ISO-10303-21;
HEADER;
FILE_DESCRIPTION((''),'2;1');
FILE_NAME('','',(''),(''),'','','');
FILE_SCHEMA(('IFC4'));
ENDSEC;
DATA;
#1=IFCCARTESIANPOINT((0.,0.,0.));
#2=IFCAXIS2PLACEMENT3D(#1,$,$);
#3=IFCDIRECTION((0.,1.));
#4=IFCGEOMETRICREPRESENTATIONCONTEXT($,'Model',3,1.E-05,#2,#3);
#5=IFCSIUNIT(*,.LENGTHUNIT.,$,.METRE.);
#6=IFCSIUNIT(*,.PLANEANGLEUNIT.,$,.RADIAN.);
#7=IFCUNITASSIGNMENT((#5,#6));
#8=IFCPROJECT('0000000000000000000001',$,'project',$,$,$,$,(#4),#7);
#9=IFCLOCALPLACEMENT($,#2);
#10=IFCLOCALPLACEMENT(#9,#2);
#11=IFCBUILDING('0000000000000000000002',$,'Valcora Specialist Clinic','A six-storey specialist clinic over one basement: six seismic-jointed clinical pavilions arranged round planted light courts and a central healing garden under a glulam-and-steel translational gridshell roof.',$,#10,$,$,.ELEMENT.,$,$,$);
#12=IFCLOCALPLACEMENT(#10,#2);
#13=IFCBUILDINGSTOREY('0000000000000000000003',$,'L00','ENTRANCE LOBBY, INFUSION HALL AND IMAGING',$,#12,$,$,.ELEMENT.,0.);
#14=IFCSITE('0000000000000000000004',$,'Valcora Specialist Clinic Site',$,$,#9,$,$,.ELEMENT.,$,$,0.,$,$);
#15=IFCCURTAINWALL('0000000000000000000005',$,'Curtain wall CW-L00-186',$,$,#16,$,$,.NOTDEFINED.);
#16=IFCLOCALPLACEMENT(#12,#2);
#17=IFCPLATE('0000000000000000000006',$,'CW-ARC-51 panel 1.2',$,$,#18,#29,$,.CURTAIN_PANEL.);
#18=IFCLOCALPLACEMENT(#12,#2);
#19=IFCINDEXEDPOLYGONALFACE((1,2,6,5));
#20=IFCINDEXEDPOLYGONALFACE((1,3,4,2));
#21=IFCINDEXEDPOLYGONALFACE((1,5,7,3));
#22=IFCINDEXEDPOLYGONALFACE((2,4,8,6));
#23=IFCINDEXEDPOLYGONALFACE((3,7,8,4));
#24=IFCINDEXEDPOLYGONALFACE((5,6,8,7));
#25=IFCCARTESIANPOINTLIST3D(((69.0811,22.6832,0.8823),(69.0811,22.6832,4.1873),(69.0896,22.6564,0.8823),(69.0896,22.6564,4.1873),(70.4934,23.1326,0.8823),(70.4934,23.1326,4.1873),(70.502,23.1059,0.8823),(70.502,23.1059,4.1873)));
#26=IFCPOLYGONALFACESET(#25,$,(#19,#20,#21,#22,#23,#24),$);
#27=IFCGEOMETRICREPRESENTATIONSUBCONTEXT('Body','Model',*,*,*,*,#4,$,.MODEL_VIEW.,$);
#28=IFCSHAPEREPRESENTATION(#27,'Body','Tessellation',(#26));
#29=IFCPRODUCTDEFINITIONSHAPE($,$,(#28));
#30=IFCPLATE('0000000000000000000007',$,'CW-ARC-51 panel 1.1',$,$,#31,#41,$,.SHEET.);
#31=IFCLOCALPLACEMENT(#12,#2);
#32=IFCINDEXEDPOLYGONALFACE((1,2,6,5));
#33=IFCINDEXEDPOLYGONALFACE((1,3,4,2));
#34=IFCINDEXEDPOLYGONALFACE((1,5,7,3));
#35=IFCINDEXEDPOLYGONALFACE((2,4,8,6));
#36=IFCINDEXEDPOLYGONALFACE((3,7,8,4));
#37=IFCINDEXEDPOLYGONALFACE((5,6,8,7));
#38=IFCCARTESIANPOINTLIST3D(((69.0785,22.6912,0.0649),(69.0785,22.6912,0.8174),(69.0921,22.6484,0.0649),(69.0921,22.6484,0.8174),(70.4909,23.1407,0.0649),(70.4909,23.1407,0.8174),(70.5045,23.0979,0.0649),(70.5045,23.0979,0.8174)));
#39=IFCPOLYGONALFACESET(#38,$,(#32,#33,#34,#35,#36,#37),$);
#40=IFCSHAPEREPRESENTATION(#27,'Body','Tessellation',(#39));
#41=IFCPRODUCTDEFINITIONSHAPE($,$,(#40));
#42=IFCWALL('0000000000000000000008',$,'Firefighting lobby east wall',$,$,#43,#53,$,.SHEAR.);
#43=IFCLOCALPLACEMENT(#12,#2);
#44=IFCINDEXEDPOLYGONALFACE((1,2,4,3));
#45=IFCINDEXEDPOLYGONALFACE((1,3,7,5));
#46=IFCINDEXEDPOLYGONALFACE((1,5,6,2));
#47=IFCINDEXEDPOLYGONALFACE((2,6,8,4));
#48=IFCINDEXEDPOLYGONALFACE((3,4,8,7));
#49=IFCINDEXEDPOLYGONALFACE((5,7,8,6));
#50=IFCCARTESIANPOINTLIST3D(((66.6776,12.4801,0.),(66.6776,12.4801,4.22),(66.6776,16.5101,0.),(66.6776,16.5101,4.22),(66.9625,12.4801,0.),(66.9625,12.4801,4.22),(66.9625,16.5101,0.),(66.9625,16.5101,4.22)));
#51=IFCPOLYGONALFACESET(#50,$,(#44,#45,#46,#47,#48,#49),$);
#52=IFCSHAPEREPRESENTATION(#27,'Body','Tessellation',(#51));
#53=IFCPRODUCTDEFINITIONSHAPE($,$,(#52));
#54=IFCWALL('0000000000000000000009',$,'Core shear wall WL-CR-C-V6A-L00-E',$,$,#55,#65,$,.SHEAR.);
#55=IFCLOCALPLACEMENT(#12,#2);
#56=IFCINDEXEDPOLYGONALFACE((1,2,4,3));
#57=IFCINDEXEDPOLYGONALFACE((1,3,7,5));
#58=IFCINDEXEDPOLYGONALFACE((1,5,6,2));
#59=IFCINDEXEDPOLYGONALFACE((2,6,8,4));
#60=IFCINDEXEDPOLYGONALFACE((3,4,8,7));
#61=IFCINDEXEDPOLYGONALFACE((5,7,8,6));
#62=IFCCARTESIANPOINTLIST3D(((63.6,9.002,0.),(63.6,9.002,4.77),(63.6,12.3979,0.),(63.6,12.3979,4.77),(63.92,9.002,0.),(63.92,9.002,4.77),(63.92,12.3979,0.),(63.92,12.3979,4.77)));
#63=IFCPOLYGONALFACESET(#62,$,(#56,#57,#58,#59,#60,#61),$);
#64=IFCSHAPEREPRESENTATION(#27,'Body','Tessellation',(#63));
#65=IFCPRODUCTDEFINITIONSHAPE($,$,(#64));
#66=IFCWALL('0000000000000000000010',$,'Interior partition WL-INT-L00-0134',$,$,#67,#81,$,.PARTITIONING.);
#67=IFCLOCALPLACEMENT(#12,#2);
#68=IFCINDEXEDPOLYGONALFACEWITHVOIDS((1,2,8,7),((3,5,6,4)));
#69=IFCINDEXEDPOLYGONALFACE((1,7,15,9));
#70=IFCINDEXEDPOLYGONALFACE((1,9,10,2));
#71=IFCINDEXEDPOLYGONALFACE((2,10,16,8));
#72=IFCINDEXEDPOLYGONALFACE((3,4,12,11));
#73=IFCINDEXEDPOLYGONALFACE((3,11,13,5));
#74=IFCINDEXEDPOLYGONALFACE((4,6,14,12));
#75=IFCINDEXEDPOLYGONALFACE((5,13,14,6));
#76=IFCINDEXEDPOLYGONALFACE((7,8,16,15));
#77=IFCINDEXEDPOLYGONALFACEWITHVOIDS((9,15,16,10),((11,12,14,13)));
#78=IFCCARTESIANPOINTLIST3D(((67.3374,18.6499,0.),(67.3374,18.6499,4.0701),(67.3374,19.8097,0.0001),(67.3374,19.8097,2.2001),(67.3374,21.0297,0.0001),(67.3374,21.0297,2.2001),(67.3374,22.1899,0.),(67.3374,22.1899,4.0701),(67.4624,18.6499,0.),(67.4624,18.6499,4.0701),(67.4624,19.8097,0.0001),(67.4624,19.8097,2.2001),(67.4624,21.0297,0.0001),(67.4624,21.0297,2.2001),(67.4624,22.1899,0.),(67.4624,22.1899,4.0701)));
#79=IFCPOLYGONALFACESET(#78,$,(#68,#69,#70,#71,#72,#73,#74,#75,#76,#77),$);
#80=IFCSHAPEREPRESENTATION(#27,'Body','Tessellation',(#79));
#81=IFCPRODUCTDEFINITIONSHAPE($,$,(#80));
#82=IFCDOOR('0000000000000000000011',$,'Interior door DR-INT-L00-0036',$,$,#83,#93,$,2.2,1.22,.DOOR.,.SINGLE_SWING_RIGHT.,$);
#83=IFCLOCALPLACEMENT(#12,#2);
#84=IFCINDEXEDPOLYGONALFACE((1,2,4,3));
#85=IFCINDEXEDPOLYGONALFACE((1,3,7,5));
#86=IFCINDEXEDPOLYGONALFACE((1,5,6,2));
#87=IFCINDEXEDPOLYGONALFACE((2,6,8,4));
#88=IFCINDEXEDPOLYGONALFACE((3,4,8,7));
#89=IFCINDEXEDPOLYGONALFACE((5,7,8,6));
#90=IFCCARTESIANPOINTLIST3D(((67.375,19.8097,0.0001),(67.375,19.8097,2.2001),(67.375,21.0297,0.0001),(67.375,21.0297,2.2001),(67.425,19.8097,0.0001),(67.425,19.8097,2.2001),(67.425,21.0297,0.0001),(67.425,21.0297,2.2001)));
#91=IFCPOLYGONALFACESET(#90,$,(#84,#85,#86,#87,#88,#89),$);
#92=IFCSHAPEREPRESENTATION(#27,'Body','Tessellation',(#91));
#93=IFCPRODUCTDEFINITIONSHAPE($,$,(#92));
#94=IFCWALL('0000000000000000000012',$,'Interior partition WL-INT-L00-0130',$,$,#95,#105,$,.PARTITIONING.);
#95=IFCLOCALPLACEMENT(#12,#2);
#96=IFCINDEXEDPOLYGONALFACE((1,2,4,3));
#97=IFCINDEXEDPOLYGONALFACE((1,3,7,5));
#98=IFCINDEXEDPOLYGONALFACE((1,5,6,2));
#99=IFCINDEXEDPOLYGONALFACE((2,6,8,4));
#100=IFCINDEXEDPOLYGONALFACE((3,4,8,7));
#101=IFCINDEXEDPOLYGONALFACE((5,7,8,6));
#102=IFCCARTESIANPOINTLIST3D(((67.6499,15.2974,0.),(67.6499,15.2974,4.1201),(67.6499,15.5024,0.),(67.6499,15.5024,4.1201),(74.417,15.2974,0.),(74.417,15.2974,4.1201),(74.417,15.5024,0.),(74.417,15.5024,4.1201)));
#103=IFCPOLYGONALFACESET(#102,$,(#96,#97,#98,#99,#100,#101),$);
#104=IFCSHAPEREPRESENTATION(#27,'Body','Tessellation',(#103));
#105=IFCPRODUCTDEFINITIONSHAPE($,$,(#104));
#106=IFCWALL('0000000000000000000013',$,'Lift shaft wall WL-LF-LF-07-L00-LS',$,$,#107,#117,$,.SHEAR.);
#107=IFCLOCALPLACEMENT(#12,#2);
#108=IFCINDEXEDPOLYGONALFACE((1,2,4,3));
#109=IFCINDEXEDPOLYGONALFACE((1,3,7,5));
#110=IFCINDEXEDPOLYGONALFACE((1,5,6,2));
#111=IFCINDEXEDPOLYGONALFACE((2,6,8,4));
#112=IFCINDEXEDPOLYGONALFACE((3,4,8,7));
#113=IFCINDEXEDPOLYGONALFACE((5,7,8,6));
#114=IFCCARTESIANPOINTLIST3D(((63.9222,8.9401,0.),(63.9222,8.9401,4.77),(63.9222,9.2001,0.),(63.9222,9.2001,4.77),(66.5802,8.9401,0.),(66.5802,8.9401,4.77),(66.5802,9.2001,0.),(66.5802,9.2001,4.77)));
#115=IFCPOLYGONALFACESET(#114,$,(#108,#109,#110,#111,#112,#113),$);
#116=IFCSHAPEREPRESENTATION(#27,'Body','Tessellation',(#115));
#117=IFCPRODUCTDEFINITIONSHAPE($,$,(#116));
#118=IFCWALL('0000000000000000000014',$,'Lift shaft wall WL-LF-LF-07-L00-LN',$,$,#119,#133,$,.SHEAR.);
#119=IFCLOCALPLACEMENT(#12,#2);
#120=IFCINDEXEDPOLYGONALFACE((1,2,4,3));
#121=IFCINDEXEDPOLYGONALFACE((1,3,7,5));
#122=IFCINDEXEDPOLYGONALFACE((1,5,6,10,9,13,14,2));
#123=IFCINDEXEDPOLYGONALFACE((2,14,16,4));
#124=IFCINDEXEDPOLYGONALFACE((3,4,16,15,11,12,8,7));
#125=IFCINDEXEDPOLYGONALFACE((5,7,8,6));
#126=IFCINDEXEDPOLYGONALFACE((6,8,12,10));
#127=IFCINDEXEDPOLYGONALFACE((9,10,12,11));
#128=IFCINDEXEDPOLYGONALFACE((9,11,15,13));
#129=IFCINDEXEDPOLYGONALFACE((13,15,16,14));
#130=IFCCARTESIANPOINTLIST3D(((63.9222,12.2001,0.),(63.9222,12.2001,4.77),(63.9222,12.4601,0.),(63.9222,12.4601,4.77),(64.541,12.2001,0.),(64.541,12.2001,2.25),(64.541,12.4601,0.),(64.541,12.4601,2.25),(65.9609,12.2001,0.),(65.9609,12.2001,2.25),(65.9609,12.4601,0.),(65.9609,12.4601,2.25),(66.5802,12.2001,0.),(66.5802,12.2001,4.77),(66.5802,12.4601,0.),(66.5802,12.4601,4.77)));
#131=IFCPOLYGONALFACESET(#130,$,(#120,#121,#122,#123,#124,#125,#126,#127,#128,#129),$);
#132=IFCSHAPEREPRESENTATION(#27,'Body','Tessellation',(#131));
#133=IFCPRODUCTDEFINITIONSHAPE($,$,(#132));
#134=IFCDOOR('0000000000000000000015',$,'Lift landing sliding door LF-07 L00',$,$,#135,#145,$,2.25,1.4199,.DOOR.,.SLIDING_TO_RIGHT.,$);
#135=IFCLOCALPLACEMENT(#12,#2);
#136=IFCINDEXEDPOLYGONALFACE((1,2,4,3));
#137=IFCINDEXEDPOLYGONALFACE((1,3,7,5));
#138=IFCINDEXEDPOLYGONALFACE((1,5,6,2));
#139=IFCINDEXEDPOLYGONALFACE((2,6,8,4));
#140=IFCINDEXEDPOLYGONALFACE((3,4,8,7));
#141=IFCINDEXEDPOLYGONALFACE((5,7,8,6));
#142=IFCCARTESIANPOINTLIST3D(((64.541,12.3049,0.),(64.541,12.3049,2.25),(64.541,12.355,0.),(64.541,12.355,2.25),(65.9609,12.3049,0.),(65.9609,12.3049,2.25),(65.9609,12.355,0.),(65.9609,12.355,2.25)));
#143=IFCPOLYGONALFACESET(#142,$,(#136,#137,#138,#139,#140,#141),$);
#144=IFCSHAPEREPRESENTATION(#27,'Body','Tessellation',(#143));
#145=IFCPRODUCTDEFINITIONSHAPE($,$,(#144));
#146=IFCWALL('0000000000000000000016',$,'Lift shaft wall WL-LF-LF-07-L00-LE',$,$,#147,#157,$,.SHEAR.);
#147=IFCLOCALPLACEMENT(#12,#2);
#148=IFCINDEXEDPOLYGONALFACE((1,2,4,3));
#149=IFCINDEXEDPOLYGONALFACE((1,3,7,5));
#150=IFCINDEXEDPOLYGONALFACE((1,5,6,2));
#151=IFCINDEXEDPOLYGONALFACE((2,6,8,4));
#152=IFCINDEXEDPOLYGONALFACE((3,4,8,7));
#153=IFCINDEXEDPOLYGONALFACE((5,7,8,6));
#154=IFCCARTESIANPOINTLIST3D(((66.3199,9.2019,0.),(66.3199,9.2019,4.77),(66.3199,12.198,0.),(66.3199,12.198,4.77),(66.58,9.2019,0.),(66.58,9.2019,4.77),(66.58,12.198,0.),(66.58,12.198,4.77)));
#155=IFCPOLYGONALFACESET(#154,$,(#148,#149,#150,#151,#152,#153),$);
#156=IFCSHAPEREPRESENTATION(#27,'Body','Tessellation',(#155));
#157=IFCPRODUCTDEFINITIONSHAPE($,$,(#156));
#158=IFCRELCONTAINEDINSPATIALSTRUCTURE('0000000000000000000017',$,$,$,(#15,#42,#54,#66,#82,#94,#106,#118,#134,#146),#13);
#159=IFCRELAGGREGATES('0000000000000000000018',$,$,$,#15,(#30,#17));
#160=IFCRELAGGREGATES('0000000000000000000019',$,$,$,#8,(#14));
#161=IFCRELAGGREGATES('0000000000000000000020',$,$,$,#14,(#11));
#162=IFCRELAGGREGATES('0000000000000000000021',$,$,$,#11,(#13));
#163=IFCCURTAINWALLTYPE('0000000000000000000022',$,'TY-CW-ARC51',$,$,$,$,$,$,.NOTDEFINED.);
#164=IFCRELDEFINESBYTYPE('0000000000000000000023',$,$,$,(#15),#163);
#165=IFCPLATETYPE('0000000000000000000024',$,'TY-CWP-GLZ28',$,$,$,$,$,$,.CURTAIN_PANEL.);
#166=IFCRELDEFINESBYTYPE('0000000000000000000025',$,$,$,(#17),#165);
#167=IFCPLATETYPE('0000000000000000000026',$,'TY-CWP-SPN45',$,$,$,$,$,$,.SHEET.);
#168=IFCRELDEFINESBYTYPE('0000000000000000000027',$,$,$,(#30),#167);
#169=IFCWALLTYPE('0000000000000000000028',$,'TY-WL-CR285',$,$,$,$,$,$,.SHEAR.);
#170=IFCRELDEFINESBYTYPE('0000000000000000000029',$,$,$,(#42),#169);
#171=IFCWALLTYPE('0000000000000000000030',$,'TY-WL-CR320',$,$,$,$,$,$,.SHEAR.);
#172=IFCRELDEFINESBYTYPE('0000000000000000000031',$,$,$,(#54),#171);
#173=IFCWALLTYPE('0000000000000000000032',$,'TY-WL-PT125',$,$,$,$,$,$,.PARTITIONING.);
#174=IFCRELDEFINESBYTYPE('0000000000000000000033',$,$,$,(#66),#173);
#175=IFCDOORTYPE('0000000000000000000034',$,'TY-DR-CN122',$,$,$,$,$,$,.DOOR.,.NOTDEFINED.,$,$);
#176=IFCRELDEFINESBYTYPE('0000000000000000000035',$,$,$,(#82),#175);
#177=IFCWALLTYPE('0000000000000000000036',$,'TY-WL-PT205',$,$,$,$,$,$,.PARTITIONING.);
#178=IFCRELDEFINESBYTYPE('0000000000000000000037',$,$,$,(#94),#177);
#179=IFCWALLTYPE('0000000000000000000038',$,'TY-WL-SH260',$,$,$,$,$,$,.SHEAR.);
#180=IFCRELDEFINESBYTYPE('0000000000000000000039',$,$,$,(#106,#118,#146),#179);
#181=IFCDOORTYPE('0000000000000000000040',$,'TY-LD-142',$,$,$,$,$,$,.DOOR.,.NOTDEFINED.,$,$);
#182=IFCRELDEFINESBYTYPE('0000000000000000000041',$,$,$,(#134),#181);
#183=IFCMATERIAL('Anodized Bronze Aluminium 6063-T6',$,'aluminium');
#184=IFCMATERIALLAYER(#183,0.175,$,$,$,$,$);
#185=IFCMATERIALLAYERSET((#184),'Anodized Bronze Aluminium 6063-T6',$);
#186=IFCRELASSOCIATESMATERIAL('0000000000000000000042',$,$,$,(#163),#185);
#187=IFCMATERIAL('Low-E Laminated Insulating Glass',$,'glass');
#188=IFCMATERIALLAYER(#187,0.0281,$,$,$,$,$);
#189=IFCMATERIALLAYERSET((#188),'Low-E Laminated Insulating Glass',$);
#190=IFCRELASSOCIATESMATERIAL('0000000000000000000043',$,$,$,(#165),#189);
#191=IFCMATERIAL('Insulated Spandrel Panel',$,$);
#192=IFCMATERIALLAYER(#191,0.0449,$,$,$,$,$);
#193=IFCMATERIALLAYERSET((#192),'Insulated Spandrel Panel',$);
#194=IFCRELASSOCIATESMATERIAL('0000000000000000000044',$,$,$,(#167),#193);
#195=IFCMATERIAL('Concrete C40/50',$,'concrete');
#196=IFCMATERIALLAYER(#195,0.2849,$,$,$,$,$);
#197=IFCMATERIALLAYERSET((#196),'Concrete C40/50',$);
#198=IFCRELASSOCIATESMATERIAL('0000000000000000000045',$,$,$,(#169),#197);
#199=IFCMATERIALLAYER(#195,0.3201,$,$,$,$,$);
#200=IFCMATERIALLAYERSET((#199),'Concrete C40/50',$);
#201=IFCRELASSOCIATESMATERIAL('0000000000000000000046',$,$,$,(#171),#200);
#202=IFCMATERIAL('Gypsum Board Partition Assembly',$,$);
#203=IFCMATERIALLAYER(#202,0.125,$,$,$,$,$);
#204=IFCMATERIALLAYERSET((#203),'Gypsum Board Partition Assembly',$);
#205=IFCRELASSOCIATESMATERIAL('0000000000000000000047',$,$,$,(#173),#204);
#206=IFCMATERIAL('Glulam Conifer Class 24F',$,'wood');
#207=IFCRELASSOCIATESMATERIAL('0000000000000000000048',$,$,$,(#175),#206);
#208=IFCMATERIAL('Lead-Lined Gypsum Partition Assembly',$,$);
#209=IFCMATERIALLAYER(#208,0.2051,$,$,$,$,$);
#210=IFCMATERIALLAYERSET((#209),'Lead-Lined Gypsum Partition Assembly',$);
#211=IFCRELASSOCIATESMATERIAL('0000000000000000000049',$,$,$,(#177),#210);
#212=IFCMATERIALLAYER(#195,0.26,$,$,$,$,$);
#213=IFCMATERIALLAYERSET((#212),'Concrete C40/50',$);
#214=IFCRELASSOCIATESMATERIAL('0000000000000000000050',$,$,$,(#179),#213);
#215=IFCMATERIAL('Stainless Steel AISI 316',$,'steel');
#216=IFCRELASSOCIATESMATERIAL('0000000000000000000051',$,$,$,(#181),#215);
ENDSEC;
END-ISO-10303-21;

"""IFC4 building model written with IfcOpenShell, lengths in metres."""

from ifc_helpers import new_model, si_unit, direction, frame, frame_2d, origin, origin_2d, place, context, subcontext, project, spatial, rectangle, extrude, material, layer, layer_set, type_object, element, fill, aggregate, save


model = new_model("IFC4")

# Units and contexts
model_context = context("Model", 3, precision=1e-05, world=origin(), true_north=direction((0.0, 1.0)))
body_context = subcontext(model_context, "Body", "Model", "MODEL_VIEW")
ifc_project = project(units=[si_unit("LENGTHUNIT", "METRE"), si_unit("PLANEANGLEUNIT", "RADIAN")], contexts=[model_context])

# Site, building, storey
site_placement = place(None, origin())
site = spatial("IfcSite", under=ifc_project, at=site_placement, Name="Valcora Specialist Clinic Site", CompositionType="ELEMENT", RefElevation=0.0)
building_placement = place(site_placement, origin())
building = spatial("IfcBuilding", under=site, at=building_placement, Name="Valcora Specialist Clinic", Description="A six-storey specialist clinic over one basement: six seismic-jointed clinical pavilions arranged round planted light courts and a central healing garden under a glulam-and-steel translational gridshell roof.", CompositionType="ELEMENT")
storey_placement = place(building_placement, origin())
storey = spatial("IfcBuildingStorey", under=building, at=storey_placement, Name="L00", Description="ENTRANCE LOBBY, INFUSION HALL AND IMAGING", CompositionType="ELEMENT", Elevation=0.0)

# Shared definitions
ifc_material_1 = material(Name="Concrete C40/50", Category="concrete")

# Curtain wall, plates
ifc_material_2 = material(Name="Anodized Bronze Aluminium 6063-T6", Category="aluminium")
ifc_layer_1 = layer(ifc_material_2, 0.175)
ifc_layer_set_1 = layer_set([ifc_layer_1], Name="Anodized Bronze Aluminium 6063-T6")
curtain_wall_type = type_object("IfcCurtainWallType", Name="TY-CW-ARC51", PredefinedType="NOTDEFINED", material=ifc_layer_set_1)
curtain_wall_placement = place(storey_placement, origin())
curtain_wall = element("IfcCurtainWall", 1, at=curtain_wall_placement, inside=storey, type_object=curtain_wall_type, Name="Curtain wall CW-L00-186", PredefinedType="NOTDEFINED")
ifc_material_3 = material(Name="Low-E Laminated Insulating Glass", Category="glass")
ifc_layer_2 = layer(ifc_material_3, 0.0281)
ifc_layer_set_2 = layer_set([ifc_layer_2], Name="Low-E Laminated Insulating Glass")
plate_type_1 = type_object("IfcPlateType", Name="TY-CWP-GLZ28", PredefinedType="CURTAIN_PANEL", material=ifc_layer_set_2)
plate_1_placement = place(storey_placement, frame((69.7915, 22.8945, 0.8823), z_axis=(0.0, 0.0, 1.0), x_axis=(0.952916, 0.303233, 0.0)))
plate_1 = element("IfcPlate", 2, at=plate_1_placement, type_object=plate_type_1, Name="CW-ARC-51 panel 1.2", PredefinedType="CURTAIN_PANEL", context=body_context, shape_type="SweptSolid", body=[
    extrude(rectangle(XDim=1.4822, YDim=0.0281, at=origin_2d()), origin(), (0.0, 0.0, 1.0), 3.3049),
])
ifc_material_4 = material(Name="Insulated Spandrel Panel")
ifc_layer_3 = layer(ifc_material_4, 0.0449)
ifc_layer_set_3 = layer_set([ifc_layer_3], Name="Insulated Spandrel Panel")
plate_type_2 = type_object("IfcPlateType", Name="TY-CWP-SPN45", PredefinedType="SHEET", material=ifc_layer_set_3)
plate_2_placement = place(storey_placement, frame((69.7915, 22.8945, 0.0649), z_axis=(0.0, 0.0, 1.0), x_axis=(0.952916, 0.303233, 0.0)))
plate_2 = element("IfcPlate", 3, at=plate_2_placement, type_object=plate_type_2, Name="CW-ARC-51 panel 1.1", PredefinedType="SHEET", context=body_context, shape_type="SweptSolid", body=[
    extrude(rectangle(XDim=1.4822, YDim=0.0449, at=origin_2d()), origin(), (0.0, 0.0, 1.0), 0.7524),
])
aggregate(curtain_wall, [plate_2, plate_1])

# Walls
ifc_layer_4 = layer(ifc_material_1, 0.2849)
ifc_layer_set_4 = layer_set([ifc_layer_4], Name="Concrete C40/50")
wall_type_1 = type_object("IfcWallType", Name="TY-WL-CR285", PredefinedType="SHEAR", material=ifc_layer_set_4)
wall_1_placement = place(storey_placement, frame((66.8201, 12.48, 0.0), z_axis=(0.0, 0.0, 1.0), x_axis=(0.0, 1.0, 0.0)))
element("IfcWall", 4, at=wall_1_placement, inside=storey, type_object=wall_type_1, Name="Firefighting lobby east wall", PredefinedType="SHEAR", context=body_context, shape_type="SweptSolid", body=[
    extrude(rectangle(XDim=4.03, YDim=0.2849, at=frame_2d((2.0151, 0.0))), origin(), (0.0, 0.0, 1.0), 4.22),
])
ifc_layer_5 = layer(ifc_material_1, 0.3201)
ifc_layer_set_5 = layer_set([ifc_layer_5], Name="Concrete C40/50")
wall_type_2 = type_object("IfcWallType", Name="TY-WL-CR320", PredefinedType="SHEAR", material=ifc_layer_set_5)
wall_2_placement = place(storey_placement, frame((63.76, 9.002, 0.0), z_axis=(0.0, 0.0, 1.0), x_axis=(0.0, 1.0, 0.0)))
element("IfcWall", 5, at=wall_2_placement, inside=storey, type_object=wall_type_2, Name="Core shear wall WL-CR-C-V6A-L00-E", PredefinedType="SHEAR", context=body_context, shape_type="SweptSolid", body=[
    extrude(rectangle(XDim=3.396, YDim=0.3201, at=frame_2d((1.698, 0.0))), origin(), (0.0, 0.0, 1.0), 4.77),
])

# Wall, opening, door
ifc_material_5 = material(Name="Gypsum Board Partition Assembly")
ifc_layer_6 = layer(ifc_material_5, 0.125)
ifc_layer_set_6 = layer_set([ifc_layer_6], Name="Gypsum Board Partition Assembly")
wall_type_3 = type_object("IfcWallType", Name="TY-WL-PT125", PredefinedType="PARTITIONING", material=ifc_layer_set_6)
wall_3_placement = place(storey_placement, frame((67.3999, 18.6499, 0.0), z_axis=(0.0, 0.0, 1.0), x_axis=(0.0, 1.0, 0.0)))
wall_3 = element("IfcWall", 6, at=wall_3_placement, inside=storey, type_object=wall_type_3, Name="Interior partition WL-INT-L00-0134", PredefinedType="PARTITIONING", context=body_context, shape_type="SweptSolid", body=[
    extrude(rectangle(XDim=3.54, YDim=0.125, at=frame_2d((1.77, 0.0))), origin(), (0.0, 0.0, 1.0), 4.0701),
])
opening_1_placement = place(wall_3_placement, frame((1.1599, 0.0, 0.0)))
opening_1 = element("IfcOpeningElement", 7, at=opening_1_placement, cuts=wall_3, PredefinedType="OPENING", context=body_context, shape_type="SweptSolid", body=[
    extrude(rectangle(XDim=1.22, YDim=2.2, at=frame_2d((0.6099, 1.1001))), frame((0.0, 0.0725, 0.0), z_axis=(0.0, -1.0, 0.0), x_axis=(1.0, 0.0, 0.0)), (0.0, 0.0, 1.0), 0.145),
])
ifc_material_6 = material(Name="Glulam Conifer Class 24F", Category="wood")
door_type_1 = type_object("IfcDoorType", Name="TY-DR-CN122", OperationType="NOTDEFINED", PredefinedType="DOOR", material=ifc_material_6)
door_1_placement = place(opening_1_placement, origin())
door_1 = element("IfcDoor", 8, at=door_1_placement, inside=storey, type_object=door_type_1, Name="Interior door DR-INT-L00-0036", OperationType="SINGLE_SWING_RIGHT", OverallHeight=2.2, OverallWidth=1.22, PredefinedType="DOOR", context=body_context, shape_type="SweptSolid", body=[
    extrude(rectangle(XDim=1.22, YDim=2.2, at=frame_2d((0.6099, 1.1001))), frame((0.0, 0.0249, 0.0), z_axis=(0.0, -1.0, 0.0), x_axis=(1.0, 0.0, 0.0)), (0.0, 0.0, 1.0), 0.05),
])
fill(opening_1, door_1)

# Walls
ifc_material_7 = material(Name="Lead-Lined Gypsum Partition Assembly")
ifc_layer_7 = layer(ifc_material_7, 0.2051)
ifc_layer_set_7 = layer_set([ifc_layer_7], Name="Lead-Lined Gypsum Partition Assembly")
wall_type_4 = type_object("IfcWallType", Name="TY-WL-PT205", PredefinedType="PARTITIONING", material=ifc_layer_set_7)
wall_4_placement = place(storey_placement, frame((67.6499, 15.3999, 0.0), z_axis=(0.0, 0.0, 1.0), x_axis=(1.0, 0.0, 0.0)))
element("IfcWall", 9, at=wall_4_placement, inside=storey, type_object=wall_type_4, Name="Interior partition WL-INT-L00-0130", PredefinedType="PARTITIONING", context=body_context, shape_type="SweptSolid", body=[
    extrude(rectangle(XDim=6.7671, YDim=0.2051, at=frame_2d((3.3835, 0.0))), origin(), (0.0, 0.0, 1.0), 4.1201),
])
ifc_layer_8 = layer(ifc_material_1, 0.26)
ifc_layer_set_8 = layer_set([ifc_layer_8], Name="Concrete C40/50")
wall_type_5 = type_object("IfcWallType", Name="TY-WL-SH260", PredefinedType="SHEAR", material=ifc_layer_set_8)
wall_5_placement = place(storey_placement, frame((63.9221, 9.0701, 0.0), z_axis=(0.0, 0.0, 1.0), x_axis=(1.0, 0.0, 0.0)))
element("IfcWall", 10, at=wall_5_placement, inside=storey, type_object=wall_type_5, Name="Lift shaft wall WL-LF-LF-07-L00-LS", PredefinedType="SHEAR", context=body_context, shape_type="SweptSolid", body=[
    extrude(rectangle(XDim=2.658, YDim=0.26, at=frame_2d((1.3291, 0.0))), origin(), (0.0, 0.0, 1.0), 4.77),
])

# Wall, opening, door
wall_6_placement = place(storey_placement, frame((63.9221, 12.3301, 0.0), z_axis=(0.0, 0.0, 1.0), x_axis=(1.0, 0.0, 0.0)))
wall_6 = element("IfcWall", 11, at=wall_6_placement, inside=storey, type_object=wall_type_5, Name="Lift shaft wall WL-LF-LF-07-L00-LN", PredefinedType="SHEAR", context=body_context, shape_type="SweptSolid", body=[
    extrude(rectangle(XDim=2.658, YDim=0.26, at=frame_2d((1.3291, 0.0))), origin(), (0.0, 0.0, 1.0), 4.77),
])
opening_2_placement = place(wall_6_placement, frame((0.6189, 0.0, 0.0)))
opening_2 = element("IfcOpeningElement", 12, at=opening_2_placement, cuts=wall_6, PredefinedType="OPENING", context=body_context, shape_type="SweptSolid", body=[
    extrude(rectangle(XDim=1.4199, YDim=2.25, at=frame_2d((0.71, 1.125))), frame((0.0, 0.1399, 0.0), z_axis=(0.0, -1.0, 0.0), x_axis=(1.0, 0.0, 0.0)), (0.0, 0.0, 1.0), 0.28),
])
ifc_material_8 = material(Name="Stainless Steel AISI 316", Category="steel")
door_type_2 = type_object("IfcDoorType", Name="TY-LD-142", OperationType="NOTDEFINED", PredefinedType="DOOR", material=ifc_material_8)
door_2_placement = place(opening_2_placement, origin())
door_2 = element("IfcDoor", 13, at=door_2_placement, inside=storey, type_object=door_type_2, Name="Lift landing sliding door LF-07 L00", OperationType="SLIDING_TO_RIGHT", OverallHeight=2.25, OverallWidth=1.4199, PredefinedType="DOOR", context=body_context, shape_type="SweptSolid", body=[
    extrude(rectangle(XDim=1.4199, YDim=2.25, at=frame_2d((0.71, 1.125))), frame((0.0, 0.0249, 0.0), z_axis=(0.0, -1.0, 0.0), x_axis=(1.0, 0.0, 0.0)), (0.0, 0.0, 1.0), 0.05),
])
fill(opening_2, door_2)

# Wall
wall_7_placement = place(storey_placement, frame((66.45, 9.2019, 0.0), z_axis=(0.0, 0.0, 1.0), x_axis=(0.0, 1.0, 0.0)))
element("IfcWall", 14, at=wall_7_placement, inside=storey, type_object=wall_type_5, Name="Lift shaft wall WL-LF-LF-07-L00-LE", PredefinedType="SHEAR", context=body_context, shape_type="SweptSolid", body=[
    extrude(rectangle(XDim=2.9961, YDim=0.26, at=frame_2d((1.498, 0.0))), origin(), (0.0, 0.0, 1.0), 4.77),
])

save(model, "model.ifc")
